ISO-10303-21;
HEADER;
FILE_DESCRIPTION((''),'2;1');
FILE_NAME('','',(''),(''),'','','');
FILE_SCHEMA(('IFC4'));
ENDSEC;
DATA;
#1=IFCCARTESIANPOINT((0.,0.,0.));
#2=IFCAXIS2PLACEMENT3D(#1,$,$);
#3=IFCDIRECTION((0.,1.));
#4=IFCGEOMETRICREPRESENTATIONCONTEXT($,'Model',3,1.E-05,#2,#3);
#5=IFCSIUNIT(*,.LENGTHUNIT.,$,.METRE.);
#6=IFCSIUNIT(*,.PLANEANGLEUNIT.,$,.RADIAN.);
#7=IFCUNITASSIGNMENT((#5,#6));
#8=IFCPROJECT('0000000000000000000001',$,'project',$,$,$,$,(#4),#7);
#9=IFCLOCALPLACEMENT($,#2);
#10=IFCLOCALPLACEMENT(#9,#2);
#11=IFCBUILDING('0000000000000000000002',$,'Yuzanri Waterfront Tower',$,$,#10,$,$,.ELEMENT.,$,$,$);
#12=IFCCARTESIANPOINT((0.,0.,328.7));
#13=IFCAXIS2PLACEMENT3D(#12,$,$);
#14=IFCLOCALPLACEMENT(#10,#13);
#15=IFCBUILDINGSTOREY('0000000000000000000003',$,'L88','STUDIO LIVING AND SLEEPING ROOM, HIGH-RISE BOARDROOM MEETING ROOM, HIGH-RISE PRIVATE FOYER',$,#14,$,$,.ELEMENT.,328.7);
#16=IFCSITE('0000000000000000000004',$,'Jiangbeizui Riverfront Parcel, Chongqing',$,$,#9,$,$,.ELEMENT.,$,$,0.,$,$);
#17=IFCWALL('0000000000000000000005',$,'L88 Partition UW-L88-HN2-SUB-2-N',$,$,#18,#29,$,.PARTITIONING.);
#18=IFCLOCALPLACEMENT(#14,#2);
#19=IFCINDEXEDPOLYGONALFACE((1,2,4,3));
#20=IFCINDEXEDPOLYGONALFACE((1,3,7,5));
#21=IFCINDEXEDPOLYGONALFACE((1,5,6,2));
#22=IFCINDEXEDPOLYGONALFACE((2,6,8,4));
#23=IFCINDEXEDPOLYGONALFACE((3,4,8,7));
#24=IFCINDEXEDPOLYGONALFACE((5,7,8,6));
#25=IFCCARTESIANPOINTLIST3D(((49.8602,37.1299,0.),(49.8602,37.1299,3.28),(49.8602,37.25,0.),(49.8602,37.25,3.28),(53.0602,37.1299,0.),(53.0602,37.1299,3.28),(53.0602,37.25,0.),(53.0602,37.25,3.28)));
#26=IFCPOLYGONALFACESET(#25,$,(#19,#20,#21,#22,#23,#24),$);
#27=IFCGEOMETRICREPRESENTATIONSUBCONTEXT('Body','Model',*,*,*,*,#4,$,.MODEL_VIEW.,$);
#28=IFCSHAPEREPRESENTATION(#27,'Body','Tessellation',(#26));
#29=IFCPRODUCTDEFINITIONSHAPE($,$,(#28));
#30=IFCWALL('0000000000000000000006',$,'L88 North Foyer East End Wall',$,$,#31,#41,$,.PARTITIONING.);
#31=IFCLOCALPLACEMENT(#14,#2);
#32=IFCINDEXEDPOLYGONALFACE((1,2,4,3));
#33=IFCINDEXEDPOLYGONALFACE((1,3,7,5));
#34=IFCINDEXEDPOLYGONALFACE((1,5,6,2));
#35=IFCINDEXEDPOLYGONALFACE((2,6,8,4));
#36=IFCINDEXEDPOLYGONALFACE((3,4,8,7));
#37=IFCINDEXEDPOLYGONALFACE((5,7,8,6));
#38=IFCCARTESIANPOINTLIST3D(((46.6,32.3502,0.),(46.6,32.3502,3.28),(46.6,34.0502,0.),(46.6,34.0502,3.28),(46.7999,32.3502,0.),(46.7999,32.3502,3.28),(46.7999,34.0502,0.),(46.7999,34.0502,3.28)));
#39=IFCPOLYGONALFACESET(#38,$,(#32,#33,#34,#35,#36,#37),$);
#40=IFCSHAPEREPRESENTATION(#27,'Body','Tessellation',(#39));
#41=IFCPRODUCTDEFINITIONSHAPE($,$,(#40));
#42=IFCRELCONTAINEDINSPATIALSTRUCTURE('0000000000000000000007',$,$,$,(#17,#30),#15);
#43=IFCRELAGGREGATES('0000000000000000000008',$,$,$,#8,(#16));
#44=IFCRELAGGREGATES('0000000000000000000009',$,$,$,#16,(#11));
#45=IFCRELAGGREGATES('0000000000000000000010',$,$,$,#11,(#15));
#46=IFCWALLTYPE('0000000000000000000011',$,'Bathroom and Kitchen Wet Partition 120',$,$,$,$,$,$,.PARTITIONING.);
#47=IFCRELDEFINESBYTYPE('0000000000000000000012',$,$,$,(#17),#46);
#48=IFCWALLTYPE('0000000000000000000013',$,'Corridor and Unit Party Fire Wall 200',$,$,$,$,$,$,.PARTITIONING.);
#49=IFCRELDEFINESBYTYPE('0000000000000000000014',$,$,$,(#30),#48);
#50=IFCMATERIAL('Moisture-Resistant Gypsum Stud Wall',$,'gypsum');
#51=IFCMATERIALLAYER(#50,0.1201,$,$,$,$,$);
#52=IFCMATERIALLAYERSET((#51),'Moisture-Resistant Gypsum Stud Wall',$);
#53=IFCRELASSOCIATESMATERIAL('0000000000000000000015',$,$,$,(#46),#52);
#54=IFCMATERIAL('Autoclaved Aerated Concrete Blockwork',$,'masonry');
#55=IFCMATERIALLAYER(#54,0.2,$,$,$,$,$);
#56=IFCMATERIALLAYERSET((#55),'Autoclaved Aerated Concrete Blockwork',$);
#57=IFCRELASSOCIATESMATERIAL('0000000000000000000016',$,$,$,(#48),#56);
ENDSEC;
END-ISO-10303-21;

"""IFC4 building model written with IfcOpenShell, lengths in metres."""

from ifc_helpers import new_model, si_unit, direction, frame, frame_2d, origin, place, context, subcontext, project, spatial, rectangle, extrude, source, transform, mapped, material, layer, layer_set, type_object, element, save


model = new_model("IFC4")

# Units and contexts
model_context = context("Model", 3, precision=1e-05, world=origin(), true_north=direction((0.0, 1.0)))
body_context = subcontext(model_context, "Body", "Model", "MODEL_VIEW")
ifc_project = project(units=[si_unit("LENGTHUNIT", "METRE"), si_unit("PLANEANGLEUNIT", "RADIAN")], contexts=[model_context])

# Site, building, storey
site_placement = place(None, origin())
site = spatial("IfcSite", under=ifc_project, at=site_placement, Name="Jiangbeizui Riverfront Parcel, Chongqing", CompositionType="ELEMENT", RefElevation=0.0)
building_placement = place(site_placement, origin())
building = spatial("IfcBuilding", under=site, at=building_placement, Name="Yuzanri Waterfront Tower", CompositionType="ELEMENT")
storey_placement = place(building_placement, frame((0.0, 0.0, 328.7)))
storey = spatial("IfcBuildingStorey", under=building, at=storey_placement, Name="L88", Description="STUDIO LIVING AND SLEEPING ROOM, HIGH-RISE BOARDROOM MEETING ROOM, HIGH-RISE PRIVATE FOYER", CompositionType="ELEMENT", Elevation=328.7)

# Shared definitions
ifc_material_1 = material(Name="Moisture-Resistant Gypsum Stud Wall", Category="gypsum")
ifc_layer_1 = layer(ifc_material_1, 0.1201)
ifc_layer_set_1 = layer_set([ifc_layer_1], Name="Moisture-Resistant Gypsum Stud Wall")
wall_type_1 = type_object("IfcWallType", Name="Bathroom and Kitchen Wet Partition 120", PredefinedType="PARTITIONING", material=ifc_layer_set_1)

# Walls
shared_shape_1 = source(origin(), body_context, "Body", "SweptSolid", [
    extrude(rectangle(XDim=3.2, YDim=0.1201, at=frame_2d((1.6001, 0.0))), origin(), (0.0, 0.0, 1.0), 3.28),
])
wall_1_placement = place(storey_placement, frame((49.8601, 37.1899, 0.0), z_axis=(0.0, 0.0, 1.0), x_axis=(1.0, 0.0, 0.0)))
element("IfcWall", 1, at=wall_1_placement, inside=storey, type_object=wall_type_1, Name="L88 Partition UW-L88-HN2-SUB-2-N", PredefinedType="PARTITIONING", context=body_context, shape_type="MappedRepresentation", body=[
    mapped(shared_shape_1, transform((0.0, 0.0, 0.0), scale=1.0)),
])
ifc_material_2 = material(Name="Autoclaved Aerated Concrete Blockwork", Category="masonry")
ifc_layer_2 = layer(ifc_material_2, 0.2)
ifc_layer_set_2 = layer_set([ifc_layer_2], Name="Autoclaved Aerated Concrete Blockwork")
wall_type_2 = type_object("IfcWallType", Name="Corridor and Unit Party Fire Wall 200", PredefinedType="PARTITIONING", material=ifc_layer_set_2)
shared_shape_2 = source(origin(), body_context, "Body", "SweptSolid", [
    extrude(rectangle(XDim=1.7, YDim=0.2, at=frame_2d((0.8501, 0.0))), origin(), (0.0, 0.0, 1.0), 3.28),
])
wall_2_placement = place(storey_placement, frame((46.7, 32.3501, 0.0), z_axis=(0.0, 0.0, 1.0), x_axis=(0.0, 1.0, 0.0)))
element("IfcWall", 2, at=wall_2_placement, inside=storey, type_object=wall_type_2, Name="L88 North Foyer East End Wall", PredefinedType="PARTITIONING", context=body_context, shape_type="MappedRepresentation", body=[
    mapped(shared_shape_2, transform((0.0, 0.0, 0.0), scale=1.0)),
])

save(model, "model.ifc")
